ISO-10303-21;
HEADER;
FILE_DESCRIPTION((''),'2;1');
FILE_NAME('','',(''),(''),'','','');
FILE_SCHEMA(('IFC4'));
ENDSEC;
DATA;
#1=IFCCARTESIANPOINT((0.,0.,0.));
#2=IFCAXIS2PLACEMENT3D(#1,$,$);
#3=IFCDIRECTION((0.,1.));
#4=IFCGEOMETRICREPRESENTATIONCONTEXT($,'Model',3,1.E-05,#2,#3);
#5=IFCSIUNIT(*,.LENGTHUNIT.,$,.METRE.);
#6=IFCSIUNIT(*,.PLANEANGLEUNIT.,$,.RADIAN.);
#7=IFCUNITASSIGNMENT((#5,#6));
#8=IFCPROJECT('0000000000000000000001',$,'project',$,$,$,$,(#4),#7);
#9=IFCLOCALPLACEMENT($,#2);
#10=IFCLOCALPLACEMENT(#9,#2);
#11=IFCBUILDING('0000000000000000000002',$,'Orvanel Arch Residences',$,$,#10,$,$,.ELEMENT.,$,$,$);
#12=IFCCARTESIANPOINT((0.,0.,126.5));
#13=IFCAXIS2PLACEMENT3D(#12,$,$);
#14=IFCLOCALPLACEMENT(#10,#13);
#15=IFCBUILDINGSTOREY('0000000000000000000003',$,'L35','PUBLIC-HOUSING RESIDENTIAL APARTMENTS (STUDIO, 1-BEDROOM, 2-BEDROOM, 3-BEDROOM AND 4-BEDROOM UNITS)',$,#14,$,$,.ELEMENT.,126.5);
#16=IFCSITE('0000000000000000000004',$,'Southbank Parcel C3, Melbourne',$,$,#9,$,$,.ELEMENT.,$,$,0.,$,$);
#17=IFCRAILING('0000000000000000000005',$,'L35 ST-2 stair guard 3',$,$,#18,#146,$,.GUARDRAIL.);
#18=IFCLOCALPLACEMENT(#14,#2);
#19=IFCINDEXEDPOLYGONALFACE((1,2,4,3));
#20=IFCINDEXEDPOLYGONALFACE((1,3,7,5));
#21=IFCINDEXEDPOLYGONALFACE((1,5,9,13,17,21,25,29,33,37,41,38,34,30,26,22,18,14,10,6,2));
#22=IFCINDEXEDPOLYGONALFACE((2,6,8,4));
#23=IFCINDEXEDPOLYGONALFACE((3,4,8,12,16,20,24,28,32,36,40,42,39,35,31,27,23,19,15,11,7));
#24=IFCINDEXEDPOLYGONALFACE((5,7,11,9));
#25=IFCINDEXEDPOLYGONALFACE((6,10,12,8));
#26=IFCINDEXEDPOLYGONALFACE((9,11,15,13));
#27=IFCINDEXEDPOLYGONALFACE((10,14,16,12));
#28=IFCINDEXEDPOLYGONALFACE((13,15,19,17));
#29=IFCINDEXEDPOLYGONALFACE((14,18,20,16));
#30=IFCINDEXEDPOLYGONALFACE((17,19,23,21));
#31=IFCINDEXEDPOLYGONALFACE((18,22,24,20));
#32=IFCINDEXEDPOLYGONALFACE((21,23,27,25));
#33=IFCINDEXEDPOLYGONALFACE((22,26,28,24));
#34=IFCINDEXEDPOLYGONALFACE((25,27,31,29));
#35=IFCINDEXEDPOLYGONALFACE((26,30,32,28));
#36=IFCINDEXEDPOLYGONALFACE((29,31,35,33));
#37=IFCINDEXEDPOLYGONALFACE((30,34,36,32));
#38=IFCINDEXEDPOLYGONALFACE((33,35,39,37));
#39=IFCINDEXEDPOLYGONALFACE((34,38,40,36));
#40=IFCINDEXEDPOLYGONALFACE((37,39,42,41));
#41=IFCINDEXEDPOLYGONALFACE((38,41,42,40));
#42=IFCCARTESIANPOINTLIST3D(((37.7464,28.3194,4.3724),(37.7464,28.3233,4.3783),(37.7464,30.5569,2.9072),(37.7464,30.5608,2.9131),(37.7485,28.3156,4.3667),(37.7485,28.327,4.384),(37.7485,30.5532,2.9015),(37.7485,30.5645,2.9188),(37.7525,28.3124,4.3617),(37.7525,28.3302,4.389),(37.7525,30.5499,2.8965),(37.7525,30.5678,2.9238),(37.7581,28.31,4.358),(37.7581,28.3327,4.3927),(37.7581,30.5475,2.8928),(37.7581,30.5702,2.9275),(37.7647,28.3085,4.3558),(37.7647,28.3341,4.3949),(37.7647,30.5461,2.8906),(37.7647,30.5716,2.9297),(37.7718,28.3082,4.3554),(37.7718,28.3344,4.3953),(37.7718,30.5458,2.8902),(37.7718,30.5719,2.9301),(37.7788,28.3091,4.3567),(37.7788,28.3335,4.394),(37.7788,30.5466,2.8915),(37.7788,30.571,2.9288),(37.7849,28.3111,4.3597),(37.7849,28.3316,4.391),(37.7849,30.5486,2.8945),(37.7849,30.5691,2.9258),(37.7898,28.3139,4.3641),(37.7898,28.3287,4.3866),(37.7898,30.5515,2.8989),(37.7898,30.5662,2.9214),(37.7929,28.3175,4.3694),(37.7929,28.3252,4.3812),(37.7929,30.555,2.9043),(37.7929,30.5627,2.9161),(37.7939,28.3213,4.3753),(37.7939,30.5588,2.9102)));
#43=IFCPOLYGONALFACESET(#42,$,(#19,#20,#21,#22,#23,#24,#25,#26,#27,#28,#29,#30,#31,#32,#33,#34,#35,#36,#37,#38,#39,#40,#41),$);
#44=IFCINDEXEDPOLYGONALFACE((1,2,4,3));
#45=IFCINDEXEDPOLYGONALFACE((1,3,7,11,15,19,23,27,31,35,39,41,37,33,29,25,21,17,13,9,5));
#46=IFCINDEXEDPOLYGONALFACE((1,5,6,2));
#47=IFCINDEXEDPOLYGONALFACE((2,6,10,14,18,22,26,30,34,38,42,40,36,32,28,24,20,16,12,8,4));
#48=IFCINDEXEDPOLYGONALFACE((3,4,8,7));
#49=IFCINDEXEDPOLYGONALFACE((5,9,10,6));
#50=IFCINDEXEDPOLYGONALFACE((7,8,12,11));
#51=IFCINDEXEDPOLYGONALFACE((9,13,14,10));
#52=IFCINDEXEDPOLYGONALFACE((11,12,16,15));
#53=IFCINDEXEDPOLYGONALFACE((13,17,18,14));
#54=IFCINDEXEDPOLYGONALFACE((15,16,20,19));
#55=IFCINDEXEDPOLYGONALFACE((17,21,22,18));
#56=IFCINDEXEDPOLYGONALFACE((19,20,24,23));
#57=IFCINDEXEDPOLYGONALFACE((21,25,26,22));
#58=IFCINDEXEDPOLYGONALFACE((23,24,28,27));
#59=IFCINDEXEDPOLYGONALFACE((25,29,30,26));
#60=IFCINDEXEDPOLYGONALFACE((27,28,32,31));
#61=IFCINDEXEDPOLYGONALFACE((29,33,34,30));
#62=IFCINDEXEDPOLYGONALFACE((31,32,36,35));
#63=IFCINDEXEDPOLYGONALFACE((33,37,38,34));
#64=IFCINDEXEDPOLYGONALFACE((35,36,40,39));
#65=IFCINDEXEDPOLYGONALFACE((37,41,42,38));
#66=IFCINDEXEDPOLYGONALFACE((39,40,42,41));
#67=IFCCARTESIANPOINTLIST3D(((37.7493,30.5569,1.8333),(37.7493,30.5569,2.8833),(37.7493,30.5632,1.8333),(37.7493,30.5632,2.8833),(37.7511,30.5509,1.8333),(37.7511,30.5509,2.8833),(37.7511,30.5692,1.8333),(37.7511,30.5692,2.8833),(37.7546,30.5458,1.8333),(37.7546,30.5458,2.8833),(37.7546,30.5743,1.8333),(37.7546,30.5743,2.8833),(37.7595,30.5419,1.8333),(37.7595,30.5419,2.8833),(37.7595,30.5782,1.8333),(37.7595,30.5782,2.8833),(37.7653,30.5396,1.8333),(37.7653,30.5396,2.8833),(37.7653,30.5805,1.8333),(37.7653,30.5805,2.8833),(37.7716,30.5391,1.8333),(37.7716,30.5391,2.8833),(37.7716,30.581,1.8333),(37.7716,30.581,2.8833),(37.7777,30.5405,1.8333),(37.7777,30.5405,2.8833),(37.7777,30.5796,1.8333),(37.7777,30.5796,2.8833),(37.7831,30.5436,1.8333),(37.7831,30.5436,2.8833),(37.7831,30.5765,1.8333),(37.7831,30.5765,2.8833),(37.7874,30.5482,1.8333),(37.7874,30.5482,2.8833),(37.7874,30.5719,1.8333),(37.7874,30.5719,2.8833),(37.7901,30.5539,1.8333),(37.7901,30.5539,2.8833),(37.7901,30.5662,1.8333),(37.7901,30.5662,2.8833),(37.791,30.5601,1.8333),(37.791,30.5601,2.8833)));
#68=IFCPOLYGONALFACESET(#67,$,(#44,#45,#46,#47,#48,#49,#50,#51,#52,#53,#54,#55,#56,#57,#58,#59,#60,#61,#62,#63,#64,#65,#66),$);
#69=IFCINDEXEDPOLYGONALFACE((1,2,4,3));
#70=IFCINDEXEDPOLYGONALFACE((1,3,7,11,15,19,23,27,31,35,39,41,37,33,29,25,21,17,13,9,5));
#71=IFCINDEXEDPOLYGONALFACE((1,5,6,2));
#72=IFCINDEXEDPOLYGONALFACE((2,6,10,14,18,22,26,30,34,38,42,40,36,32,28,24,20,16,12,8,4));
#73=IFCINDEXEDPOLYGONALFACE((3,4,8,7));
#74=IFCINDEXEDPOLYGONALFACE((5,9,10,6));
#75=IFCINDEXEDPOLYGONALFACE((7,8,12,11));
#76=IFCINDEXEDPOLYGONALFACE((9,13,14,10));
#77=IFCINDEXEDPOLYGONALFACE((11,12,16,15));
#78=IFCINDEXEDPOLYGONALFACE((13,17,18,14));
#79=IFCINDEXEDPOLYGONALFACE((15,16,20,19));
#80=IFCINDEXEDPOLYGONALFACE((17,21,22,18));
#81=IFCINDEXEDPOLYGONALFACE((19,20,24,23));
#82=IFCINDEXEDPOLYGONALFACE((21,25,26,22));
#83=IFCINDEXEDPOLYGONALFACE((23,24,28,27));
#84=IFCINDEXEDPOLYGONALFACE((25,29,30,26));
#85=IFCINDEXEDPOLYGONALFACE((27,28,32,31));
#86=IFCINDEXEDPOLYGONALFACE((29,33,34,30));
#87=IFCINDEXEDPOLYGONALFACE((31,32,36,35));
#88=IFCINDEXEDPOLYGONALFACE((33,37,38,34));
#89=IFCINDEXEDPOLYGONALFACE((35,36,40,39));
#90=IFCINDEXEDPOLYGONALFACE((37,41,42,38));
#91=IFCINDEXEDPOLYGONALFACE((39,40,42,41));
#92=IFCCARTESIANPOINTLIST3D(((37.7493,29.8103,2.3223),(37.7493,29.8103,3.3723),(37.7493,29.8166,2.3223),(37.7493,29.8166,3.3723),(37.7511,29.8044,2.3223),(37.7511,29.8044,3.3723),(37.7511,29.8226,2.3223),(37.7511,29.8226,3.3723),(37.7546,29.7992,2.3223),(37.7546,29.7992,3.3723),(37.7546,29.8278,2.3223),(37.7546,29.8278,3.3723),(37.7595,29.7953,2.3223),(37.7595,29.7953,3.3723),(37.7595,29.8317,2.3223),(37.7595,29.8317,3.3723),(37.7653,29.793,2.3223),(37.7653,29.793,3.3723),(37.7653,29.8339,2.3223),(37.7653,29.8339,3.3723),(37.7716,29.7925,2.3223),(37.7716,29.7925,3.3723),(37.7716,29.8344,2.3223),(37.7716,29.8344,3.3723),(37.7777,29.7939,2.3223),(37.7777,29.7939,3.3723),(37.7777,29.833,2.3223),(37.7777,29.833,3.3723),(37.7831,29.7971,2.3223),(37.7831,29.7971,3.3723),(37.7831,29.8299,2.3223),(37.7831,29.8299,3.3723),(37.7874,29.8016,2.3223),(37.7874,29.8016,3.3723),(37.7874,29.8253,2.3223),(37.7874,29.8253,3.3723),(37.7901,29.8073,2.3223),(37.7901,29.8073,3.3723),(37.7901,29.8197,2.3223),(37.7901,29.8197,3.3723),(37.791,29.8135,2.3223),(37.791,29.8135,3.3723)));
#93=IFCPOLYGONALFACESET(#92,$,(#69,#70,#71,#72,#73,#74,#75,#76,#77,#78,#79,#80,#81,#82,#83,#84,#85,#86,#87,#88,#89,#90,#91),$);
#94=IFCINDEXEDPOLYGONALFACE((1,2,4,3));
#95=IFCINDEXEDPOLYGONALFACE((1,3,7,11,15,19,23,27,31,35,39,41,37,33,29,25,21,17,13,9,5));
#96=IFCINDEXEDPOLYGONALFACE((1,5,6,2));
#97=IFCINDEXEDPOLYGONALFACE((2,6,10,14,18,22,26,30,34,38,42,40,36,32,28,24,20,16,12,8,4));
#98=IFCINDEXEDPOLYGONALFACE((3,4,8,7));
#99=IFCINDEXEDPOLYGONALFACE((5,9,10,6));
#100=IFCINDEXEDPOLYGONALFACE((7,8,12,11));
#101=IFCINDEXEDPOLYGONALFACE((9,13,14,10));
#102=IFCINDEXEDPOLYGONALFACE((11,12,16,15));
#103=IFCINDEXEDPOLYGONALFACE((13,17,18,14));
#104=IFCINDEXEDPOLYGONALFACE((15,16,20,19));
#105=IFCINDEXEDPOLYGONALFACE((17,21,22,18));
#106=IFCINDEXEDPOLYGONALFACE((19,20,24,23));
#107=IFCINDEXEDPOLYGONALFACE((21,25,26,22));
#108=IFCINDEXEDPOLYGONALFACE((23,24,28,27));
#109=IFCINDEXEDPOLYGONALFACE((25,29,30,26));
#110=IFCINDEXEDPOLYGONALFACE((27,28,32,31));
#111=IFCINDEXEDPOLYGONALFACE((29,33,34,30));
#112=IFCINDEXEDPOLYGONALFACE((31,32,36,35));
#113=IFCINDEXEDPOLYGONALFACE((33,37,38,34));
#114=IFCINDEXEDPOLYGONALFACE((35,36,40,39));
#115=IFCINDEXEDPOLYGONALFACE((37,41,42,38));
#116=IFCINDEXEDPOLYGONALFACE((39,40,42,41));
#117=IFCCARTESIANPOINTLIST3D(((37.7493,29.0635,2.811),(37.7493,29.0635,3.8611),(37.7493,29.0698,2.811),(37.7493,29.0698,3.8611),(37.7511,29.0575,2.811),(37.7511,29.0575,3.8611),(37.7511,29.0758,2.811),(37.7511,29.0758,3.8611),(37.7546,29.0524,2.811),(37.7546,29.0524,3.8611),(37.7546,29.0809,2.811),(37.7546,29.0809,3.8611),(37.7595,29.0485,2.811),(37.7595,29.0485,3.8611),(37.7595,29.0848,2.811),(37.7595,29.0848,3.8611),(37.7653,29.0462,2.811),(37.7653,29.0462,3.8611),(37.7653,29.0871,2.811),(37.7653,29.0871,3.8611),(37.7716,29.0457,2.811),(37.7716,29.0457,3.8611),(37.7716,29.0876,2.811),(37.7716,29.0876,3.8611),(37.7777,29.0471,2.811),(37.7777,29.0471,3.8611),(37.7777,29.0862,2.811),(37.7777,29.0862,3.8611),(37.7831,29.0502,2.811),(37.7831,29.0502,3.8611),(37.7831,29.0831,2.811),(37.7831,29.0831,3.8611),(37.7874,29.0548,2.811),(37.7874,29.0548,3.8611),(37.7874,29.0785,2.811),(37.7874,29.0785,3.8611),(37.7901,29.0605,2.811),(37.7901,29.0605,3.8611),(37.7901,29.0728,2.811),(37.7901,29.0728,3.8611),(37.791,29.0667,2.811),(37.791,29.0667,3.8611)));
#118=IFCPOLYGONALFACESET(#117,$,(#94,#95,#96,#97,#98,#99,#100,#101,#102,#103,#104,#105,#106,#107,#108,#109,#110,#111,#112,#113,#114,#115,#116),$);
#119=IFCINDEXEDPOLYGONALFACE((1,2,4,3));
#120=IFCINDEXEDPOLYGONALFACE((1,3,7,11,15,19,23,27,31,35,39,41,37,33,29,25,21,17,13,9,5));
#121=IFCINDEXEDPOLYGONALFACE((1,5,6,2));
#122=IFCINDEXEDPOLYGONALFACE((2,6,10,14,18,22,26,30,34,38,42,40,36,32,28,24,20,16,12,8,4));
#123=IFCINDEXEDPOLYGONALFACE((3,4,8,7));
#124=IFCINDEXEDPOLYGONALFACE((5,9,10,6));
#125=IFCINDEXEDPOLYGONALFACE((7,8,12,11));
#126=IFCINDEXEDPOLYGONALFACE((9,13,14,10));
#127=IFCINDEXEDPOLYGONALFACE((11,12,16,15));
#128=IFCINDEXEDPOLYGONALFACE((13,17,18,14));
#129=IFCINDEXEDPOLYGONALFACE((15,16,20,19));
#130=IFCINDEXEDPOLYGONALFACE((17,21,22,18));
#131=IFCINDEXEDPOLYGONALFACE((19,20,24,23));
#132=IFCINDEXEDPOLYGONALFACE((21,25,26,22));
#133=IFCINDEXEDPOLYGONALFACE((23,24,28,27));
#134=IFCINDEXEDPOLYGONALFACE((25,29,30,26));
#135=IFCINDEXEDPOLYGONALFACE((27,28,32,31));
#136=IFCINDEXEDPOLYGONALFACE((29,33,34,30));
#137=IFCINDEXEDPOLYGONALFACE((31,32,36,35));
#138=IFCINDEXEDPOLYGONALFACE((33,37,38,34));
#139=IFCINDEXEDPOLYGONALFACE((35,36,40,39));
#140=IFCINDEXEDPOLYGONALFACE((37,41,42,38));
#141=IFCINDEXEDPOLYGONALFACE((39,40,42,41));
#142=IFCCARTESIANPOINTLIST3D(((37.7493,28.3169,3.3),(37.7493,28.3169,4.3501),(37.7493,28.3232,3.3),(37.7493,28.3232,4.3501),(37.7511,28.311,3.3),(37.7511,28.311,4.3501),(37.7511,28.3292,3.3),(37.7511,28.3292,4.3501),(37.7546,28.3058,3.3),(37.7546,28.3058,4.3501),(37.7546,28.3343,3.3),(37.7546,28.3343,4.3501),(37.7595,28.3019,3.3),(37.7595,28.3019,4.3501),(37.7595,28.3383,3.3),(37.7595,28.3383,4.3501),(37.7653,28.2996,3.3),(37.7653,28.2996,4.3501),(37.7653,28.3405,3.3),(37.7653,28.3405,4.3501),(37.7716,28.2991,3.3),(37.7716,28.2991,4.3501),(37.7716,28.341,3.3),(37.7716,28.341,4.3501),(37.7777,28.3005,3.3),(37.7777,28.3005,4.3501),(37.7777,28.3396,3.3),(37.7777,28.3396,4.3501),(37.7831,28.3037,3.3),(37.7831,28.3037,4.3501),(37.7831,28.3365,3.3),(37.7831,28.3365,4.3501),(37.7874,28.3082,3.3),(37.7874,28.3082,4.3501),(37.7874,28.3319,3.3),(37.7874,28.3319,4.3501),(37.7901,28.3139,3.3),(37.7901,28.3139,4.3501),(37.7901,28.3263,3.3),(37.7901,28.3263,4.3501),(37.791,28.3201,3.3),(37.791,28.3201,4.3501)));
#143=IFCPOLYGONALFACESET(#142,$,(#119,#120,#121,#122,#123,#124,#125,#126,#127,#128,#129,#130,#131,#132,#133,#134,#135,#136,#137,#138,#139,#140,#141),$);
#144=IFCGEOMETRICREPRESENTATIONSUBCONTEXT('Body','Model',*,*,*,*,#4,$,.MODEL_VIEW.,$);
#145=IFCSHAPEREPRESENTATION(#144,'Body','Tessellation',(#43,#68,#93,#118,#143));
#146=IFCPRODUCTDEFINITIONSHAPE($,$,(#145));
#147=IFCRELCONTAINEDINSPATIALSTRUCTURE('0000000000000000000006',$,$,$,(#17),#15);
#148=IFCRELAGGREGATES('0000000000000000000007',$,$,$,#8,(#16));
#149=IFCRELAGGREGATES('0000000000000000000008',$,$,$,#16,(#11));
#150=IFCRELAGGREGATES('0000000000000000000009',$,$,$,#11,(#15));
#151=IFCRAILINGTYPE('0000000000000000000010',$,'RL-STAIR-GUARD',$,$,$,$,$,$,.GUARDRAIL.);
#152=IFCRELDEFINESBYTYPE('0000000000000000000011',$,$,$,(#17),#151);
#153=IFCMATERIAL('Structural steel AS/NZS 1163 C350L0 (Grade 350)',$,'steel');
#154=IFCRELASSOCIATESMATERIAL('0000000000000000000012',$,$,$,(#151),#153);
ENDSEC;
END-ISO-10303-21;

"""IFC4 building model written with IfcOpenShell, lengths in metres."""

from ifc_helpers import new_model, si_unit, direction, frame, origin, origin_2d, place, context, subcontext, project, spatial, circle, extrude, material, type_object, element, save


model = new_model("IFC4")

# Units and contexts
model_context = context("Model", 3, precision=1e-05, world=origin(), true_north=direction((0.0, 1.0)))
body_context = subcontext(model_context, "Body", "Model", "MODEL_VIEW")
ifc_project = project(units=[si_unit("LENGTHUNIT", "METRE"), si_unit("PLANEANGLEUNIT", "RADIAN")], contexts=[model_context])

# Site, building, storey
site_placement = place(None, origin())
site = spatial("IfcSite", under=ifc_project, at=site_placement, Name="Southbank Parcel C3, Melbourne", CompositionType="ELEMENT", RefElevation=0.0)
building_placement = place(site_placement, origin())
building = spatial("IfcBuilding", under=site, at=building_placement, Name="Orvanel Arch Residences", CompositionType="ELEMENT")
storey_placement = place(building_placement, frame((0.0, 0.0, 126.5)))
storey = spatial("IfcBuildingStorey", under=building, at=storey_placement, Name="L35", Description="PUBLIC-HOUSING RESIDENTIAL APARTMENTS (STUDIO, 1-BEDROOM, 2-BEDROOM, 3-BEDROOM AND 4-BEDROOM UNITS)", CompositionType="ELEMENT", Elevation=126.5)

# Railing
ifc_material_1 = material(Name="Structural steel AS/NZS 1163 C350L0 (Grade 350)", Category="steel")
railing_type_1 = type_object("IfcRailingType", Name="RL-STAIR-GUARD", PredefinedType="GUARDRAIL", material=ifc_material_1)
railing_1_placement = place(storey_placement, frame((37.77, 30.5601, 1.8333)))
element("IfcRailing", 1, at=railing_1_placement, inside=storey, type_object=railing_type_1, Name="L35 ST-2 stair guard 3", PredefinedType="GUARDRAIL", context=body_context, shape_type="SweptSolid", body=[
    extrude(circle(Radius=0.0239, at=origin_2d()), frame((0.0, -0.0012, 1.0769), z_axis=(0.0, -0.836595, 0.547822), x_axis=(1.0, 0.0, 0.0)), (0.0, 0.0, 1.0), 2.6746),
    extrude(circle(Radius=0.021, at=origin_2d()), origin(), (0.0, 0.0, 1.0), 1.05),
    extrude(circle(Radius=0.021, at=origin_2d()), frame((0.0, -0.7466, 0.489)), (0.0, 0.0, 1.0), 1.05),
    extrude(circle(Radius=0.021, at=origin_2d()), frame((0.0, -1.4934, 0.9778)), (0.0, 0.0, 1.0), 1.05),
    extrude(circle(Radius=0.021, at=origin_2d()), frame((0.0, -2.24, 1.4668)), (0.0, 0.0, 1.0), 1.05),
])

save(model, "model.ifc")
